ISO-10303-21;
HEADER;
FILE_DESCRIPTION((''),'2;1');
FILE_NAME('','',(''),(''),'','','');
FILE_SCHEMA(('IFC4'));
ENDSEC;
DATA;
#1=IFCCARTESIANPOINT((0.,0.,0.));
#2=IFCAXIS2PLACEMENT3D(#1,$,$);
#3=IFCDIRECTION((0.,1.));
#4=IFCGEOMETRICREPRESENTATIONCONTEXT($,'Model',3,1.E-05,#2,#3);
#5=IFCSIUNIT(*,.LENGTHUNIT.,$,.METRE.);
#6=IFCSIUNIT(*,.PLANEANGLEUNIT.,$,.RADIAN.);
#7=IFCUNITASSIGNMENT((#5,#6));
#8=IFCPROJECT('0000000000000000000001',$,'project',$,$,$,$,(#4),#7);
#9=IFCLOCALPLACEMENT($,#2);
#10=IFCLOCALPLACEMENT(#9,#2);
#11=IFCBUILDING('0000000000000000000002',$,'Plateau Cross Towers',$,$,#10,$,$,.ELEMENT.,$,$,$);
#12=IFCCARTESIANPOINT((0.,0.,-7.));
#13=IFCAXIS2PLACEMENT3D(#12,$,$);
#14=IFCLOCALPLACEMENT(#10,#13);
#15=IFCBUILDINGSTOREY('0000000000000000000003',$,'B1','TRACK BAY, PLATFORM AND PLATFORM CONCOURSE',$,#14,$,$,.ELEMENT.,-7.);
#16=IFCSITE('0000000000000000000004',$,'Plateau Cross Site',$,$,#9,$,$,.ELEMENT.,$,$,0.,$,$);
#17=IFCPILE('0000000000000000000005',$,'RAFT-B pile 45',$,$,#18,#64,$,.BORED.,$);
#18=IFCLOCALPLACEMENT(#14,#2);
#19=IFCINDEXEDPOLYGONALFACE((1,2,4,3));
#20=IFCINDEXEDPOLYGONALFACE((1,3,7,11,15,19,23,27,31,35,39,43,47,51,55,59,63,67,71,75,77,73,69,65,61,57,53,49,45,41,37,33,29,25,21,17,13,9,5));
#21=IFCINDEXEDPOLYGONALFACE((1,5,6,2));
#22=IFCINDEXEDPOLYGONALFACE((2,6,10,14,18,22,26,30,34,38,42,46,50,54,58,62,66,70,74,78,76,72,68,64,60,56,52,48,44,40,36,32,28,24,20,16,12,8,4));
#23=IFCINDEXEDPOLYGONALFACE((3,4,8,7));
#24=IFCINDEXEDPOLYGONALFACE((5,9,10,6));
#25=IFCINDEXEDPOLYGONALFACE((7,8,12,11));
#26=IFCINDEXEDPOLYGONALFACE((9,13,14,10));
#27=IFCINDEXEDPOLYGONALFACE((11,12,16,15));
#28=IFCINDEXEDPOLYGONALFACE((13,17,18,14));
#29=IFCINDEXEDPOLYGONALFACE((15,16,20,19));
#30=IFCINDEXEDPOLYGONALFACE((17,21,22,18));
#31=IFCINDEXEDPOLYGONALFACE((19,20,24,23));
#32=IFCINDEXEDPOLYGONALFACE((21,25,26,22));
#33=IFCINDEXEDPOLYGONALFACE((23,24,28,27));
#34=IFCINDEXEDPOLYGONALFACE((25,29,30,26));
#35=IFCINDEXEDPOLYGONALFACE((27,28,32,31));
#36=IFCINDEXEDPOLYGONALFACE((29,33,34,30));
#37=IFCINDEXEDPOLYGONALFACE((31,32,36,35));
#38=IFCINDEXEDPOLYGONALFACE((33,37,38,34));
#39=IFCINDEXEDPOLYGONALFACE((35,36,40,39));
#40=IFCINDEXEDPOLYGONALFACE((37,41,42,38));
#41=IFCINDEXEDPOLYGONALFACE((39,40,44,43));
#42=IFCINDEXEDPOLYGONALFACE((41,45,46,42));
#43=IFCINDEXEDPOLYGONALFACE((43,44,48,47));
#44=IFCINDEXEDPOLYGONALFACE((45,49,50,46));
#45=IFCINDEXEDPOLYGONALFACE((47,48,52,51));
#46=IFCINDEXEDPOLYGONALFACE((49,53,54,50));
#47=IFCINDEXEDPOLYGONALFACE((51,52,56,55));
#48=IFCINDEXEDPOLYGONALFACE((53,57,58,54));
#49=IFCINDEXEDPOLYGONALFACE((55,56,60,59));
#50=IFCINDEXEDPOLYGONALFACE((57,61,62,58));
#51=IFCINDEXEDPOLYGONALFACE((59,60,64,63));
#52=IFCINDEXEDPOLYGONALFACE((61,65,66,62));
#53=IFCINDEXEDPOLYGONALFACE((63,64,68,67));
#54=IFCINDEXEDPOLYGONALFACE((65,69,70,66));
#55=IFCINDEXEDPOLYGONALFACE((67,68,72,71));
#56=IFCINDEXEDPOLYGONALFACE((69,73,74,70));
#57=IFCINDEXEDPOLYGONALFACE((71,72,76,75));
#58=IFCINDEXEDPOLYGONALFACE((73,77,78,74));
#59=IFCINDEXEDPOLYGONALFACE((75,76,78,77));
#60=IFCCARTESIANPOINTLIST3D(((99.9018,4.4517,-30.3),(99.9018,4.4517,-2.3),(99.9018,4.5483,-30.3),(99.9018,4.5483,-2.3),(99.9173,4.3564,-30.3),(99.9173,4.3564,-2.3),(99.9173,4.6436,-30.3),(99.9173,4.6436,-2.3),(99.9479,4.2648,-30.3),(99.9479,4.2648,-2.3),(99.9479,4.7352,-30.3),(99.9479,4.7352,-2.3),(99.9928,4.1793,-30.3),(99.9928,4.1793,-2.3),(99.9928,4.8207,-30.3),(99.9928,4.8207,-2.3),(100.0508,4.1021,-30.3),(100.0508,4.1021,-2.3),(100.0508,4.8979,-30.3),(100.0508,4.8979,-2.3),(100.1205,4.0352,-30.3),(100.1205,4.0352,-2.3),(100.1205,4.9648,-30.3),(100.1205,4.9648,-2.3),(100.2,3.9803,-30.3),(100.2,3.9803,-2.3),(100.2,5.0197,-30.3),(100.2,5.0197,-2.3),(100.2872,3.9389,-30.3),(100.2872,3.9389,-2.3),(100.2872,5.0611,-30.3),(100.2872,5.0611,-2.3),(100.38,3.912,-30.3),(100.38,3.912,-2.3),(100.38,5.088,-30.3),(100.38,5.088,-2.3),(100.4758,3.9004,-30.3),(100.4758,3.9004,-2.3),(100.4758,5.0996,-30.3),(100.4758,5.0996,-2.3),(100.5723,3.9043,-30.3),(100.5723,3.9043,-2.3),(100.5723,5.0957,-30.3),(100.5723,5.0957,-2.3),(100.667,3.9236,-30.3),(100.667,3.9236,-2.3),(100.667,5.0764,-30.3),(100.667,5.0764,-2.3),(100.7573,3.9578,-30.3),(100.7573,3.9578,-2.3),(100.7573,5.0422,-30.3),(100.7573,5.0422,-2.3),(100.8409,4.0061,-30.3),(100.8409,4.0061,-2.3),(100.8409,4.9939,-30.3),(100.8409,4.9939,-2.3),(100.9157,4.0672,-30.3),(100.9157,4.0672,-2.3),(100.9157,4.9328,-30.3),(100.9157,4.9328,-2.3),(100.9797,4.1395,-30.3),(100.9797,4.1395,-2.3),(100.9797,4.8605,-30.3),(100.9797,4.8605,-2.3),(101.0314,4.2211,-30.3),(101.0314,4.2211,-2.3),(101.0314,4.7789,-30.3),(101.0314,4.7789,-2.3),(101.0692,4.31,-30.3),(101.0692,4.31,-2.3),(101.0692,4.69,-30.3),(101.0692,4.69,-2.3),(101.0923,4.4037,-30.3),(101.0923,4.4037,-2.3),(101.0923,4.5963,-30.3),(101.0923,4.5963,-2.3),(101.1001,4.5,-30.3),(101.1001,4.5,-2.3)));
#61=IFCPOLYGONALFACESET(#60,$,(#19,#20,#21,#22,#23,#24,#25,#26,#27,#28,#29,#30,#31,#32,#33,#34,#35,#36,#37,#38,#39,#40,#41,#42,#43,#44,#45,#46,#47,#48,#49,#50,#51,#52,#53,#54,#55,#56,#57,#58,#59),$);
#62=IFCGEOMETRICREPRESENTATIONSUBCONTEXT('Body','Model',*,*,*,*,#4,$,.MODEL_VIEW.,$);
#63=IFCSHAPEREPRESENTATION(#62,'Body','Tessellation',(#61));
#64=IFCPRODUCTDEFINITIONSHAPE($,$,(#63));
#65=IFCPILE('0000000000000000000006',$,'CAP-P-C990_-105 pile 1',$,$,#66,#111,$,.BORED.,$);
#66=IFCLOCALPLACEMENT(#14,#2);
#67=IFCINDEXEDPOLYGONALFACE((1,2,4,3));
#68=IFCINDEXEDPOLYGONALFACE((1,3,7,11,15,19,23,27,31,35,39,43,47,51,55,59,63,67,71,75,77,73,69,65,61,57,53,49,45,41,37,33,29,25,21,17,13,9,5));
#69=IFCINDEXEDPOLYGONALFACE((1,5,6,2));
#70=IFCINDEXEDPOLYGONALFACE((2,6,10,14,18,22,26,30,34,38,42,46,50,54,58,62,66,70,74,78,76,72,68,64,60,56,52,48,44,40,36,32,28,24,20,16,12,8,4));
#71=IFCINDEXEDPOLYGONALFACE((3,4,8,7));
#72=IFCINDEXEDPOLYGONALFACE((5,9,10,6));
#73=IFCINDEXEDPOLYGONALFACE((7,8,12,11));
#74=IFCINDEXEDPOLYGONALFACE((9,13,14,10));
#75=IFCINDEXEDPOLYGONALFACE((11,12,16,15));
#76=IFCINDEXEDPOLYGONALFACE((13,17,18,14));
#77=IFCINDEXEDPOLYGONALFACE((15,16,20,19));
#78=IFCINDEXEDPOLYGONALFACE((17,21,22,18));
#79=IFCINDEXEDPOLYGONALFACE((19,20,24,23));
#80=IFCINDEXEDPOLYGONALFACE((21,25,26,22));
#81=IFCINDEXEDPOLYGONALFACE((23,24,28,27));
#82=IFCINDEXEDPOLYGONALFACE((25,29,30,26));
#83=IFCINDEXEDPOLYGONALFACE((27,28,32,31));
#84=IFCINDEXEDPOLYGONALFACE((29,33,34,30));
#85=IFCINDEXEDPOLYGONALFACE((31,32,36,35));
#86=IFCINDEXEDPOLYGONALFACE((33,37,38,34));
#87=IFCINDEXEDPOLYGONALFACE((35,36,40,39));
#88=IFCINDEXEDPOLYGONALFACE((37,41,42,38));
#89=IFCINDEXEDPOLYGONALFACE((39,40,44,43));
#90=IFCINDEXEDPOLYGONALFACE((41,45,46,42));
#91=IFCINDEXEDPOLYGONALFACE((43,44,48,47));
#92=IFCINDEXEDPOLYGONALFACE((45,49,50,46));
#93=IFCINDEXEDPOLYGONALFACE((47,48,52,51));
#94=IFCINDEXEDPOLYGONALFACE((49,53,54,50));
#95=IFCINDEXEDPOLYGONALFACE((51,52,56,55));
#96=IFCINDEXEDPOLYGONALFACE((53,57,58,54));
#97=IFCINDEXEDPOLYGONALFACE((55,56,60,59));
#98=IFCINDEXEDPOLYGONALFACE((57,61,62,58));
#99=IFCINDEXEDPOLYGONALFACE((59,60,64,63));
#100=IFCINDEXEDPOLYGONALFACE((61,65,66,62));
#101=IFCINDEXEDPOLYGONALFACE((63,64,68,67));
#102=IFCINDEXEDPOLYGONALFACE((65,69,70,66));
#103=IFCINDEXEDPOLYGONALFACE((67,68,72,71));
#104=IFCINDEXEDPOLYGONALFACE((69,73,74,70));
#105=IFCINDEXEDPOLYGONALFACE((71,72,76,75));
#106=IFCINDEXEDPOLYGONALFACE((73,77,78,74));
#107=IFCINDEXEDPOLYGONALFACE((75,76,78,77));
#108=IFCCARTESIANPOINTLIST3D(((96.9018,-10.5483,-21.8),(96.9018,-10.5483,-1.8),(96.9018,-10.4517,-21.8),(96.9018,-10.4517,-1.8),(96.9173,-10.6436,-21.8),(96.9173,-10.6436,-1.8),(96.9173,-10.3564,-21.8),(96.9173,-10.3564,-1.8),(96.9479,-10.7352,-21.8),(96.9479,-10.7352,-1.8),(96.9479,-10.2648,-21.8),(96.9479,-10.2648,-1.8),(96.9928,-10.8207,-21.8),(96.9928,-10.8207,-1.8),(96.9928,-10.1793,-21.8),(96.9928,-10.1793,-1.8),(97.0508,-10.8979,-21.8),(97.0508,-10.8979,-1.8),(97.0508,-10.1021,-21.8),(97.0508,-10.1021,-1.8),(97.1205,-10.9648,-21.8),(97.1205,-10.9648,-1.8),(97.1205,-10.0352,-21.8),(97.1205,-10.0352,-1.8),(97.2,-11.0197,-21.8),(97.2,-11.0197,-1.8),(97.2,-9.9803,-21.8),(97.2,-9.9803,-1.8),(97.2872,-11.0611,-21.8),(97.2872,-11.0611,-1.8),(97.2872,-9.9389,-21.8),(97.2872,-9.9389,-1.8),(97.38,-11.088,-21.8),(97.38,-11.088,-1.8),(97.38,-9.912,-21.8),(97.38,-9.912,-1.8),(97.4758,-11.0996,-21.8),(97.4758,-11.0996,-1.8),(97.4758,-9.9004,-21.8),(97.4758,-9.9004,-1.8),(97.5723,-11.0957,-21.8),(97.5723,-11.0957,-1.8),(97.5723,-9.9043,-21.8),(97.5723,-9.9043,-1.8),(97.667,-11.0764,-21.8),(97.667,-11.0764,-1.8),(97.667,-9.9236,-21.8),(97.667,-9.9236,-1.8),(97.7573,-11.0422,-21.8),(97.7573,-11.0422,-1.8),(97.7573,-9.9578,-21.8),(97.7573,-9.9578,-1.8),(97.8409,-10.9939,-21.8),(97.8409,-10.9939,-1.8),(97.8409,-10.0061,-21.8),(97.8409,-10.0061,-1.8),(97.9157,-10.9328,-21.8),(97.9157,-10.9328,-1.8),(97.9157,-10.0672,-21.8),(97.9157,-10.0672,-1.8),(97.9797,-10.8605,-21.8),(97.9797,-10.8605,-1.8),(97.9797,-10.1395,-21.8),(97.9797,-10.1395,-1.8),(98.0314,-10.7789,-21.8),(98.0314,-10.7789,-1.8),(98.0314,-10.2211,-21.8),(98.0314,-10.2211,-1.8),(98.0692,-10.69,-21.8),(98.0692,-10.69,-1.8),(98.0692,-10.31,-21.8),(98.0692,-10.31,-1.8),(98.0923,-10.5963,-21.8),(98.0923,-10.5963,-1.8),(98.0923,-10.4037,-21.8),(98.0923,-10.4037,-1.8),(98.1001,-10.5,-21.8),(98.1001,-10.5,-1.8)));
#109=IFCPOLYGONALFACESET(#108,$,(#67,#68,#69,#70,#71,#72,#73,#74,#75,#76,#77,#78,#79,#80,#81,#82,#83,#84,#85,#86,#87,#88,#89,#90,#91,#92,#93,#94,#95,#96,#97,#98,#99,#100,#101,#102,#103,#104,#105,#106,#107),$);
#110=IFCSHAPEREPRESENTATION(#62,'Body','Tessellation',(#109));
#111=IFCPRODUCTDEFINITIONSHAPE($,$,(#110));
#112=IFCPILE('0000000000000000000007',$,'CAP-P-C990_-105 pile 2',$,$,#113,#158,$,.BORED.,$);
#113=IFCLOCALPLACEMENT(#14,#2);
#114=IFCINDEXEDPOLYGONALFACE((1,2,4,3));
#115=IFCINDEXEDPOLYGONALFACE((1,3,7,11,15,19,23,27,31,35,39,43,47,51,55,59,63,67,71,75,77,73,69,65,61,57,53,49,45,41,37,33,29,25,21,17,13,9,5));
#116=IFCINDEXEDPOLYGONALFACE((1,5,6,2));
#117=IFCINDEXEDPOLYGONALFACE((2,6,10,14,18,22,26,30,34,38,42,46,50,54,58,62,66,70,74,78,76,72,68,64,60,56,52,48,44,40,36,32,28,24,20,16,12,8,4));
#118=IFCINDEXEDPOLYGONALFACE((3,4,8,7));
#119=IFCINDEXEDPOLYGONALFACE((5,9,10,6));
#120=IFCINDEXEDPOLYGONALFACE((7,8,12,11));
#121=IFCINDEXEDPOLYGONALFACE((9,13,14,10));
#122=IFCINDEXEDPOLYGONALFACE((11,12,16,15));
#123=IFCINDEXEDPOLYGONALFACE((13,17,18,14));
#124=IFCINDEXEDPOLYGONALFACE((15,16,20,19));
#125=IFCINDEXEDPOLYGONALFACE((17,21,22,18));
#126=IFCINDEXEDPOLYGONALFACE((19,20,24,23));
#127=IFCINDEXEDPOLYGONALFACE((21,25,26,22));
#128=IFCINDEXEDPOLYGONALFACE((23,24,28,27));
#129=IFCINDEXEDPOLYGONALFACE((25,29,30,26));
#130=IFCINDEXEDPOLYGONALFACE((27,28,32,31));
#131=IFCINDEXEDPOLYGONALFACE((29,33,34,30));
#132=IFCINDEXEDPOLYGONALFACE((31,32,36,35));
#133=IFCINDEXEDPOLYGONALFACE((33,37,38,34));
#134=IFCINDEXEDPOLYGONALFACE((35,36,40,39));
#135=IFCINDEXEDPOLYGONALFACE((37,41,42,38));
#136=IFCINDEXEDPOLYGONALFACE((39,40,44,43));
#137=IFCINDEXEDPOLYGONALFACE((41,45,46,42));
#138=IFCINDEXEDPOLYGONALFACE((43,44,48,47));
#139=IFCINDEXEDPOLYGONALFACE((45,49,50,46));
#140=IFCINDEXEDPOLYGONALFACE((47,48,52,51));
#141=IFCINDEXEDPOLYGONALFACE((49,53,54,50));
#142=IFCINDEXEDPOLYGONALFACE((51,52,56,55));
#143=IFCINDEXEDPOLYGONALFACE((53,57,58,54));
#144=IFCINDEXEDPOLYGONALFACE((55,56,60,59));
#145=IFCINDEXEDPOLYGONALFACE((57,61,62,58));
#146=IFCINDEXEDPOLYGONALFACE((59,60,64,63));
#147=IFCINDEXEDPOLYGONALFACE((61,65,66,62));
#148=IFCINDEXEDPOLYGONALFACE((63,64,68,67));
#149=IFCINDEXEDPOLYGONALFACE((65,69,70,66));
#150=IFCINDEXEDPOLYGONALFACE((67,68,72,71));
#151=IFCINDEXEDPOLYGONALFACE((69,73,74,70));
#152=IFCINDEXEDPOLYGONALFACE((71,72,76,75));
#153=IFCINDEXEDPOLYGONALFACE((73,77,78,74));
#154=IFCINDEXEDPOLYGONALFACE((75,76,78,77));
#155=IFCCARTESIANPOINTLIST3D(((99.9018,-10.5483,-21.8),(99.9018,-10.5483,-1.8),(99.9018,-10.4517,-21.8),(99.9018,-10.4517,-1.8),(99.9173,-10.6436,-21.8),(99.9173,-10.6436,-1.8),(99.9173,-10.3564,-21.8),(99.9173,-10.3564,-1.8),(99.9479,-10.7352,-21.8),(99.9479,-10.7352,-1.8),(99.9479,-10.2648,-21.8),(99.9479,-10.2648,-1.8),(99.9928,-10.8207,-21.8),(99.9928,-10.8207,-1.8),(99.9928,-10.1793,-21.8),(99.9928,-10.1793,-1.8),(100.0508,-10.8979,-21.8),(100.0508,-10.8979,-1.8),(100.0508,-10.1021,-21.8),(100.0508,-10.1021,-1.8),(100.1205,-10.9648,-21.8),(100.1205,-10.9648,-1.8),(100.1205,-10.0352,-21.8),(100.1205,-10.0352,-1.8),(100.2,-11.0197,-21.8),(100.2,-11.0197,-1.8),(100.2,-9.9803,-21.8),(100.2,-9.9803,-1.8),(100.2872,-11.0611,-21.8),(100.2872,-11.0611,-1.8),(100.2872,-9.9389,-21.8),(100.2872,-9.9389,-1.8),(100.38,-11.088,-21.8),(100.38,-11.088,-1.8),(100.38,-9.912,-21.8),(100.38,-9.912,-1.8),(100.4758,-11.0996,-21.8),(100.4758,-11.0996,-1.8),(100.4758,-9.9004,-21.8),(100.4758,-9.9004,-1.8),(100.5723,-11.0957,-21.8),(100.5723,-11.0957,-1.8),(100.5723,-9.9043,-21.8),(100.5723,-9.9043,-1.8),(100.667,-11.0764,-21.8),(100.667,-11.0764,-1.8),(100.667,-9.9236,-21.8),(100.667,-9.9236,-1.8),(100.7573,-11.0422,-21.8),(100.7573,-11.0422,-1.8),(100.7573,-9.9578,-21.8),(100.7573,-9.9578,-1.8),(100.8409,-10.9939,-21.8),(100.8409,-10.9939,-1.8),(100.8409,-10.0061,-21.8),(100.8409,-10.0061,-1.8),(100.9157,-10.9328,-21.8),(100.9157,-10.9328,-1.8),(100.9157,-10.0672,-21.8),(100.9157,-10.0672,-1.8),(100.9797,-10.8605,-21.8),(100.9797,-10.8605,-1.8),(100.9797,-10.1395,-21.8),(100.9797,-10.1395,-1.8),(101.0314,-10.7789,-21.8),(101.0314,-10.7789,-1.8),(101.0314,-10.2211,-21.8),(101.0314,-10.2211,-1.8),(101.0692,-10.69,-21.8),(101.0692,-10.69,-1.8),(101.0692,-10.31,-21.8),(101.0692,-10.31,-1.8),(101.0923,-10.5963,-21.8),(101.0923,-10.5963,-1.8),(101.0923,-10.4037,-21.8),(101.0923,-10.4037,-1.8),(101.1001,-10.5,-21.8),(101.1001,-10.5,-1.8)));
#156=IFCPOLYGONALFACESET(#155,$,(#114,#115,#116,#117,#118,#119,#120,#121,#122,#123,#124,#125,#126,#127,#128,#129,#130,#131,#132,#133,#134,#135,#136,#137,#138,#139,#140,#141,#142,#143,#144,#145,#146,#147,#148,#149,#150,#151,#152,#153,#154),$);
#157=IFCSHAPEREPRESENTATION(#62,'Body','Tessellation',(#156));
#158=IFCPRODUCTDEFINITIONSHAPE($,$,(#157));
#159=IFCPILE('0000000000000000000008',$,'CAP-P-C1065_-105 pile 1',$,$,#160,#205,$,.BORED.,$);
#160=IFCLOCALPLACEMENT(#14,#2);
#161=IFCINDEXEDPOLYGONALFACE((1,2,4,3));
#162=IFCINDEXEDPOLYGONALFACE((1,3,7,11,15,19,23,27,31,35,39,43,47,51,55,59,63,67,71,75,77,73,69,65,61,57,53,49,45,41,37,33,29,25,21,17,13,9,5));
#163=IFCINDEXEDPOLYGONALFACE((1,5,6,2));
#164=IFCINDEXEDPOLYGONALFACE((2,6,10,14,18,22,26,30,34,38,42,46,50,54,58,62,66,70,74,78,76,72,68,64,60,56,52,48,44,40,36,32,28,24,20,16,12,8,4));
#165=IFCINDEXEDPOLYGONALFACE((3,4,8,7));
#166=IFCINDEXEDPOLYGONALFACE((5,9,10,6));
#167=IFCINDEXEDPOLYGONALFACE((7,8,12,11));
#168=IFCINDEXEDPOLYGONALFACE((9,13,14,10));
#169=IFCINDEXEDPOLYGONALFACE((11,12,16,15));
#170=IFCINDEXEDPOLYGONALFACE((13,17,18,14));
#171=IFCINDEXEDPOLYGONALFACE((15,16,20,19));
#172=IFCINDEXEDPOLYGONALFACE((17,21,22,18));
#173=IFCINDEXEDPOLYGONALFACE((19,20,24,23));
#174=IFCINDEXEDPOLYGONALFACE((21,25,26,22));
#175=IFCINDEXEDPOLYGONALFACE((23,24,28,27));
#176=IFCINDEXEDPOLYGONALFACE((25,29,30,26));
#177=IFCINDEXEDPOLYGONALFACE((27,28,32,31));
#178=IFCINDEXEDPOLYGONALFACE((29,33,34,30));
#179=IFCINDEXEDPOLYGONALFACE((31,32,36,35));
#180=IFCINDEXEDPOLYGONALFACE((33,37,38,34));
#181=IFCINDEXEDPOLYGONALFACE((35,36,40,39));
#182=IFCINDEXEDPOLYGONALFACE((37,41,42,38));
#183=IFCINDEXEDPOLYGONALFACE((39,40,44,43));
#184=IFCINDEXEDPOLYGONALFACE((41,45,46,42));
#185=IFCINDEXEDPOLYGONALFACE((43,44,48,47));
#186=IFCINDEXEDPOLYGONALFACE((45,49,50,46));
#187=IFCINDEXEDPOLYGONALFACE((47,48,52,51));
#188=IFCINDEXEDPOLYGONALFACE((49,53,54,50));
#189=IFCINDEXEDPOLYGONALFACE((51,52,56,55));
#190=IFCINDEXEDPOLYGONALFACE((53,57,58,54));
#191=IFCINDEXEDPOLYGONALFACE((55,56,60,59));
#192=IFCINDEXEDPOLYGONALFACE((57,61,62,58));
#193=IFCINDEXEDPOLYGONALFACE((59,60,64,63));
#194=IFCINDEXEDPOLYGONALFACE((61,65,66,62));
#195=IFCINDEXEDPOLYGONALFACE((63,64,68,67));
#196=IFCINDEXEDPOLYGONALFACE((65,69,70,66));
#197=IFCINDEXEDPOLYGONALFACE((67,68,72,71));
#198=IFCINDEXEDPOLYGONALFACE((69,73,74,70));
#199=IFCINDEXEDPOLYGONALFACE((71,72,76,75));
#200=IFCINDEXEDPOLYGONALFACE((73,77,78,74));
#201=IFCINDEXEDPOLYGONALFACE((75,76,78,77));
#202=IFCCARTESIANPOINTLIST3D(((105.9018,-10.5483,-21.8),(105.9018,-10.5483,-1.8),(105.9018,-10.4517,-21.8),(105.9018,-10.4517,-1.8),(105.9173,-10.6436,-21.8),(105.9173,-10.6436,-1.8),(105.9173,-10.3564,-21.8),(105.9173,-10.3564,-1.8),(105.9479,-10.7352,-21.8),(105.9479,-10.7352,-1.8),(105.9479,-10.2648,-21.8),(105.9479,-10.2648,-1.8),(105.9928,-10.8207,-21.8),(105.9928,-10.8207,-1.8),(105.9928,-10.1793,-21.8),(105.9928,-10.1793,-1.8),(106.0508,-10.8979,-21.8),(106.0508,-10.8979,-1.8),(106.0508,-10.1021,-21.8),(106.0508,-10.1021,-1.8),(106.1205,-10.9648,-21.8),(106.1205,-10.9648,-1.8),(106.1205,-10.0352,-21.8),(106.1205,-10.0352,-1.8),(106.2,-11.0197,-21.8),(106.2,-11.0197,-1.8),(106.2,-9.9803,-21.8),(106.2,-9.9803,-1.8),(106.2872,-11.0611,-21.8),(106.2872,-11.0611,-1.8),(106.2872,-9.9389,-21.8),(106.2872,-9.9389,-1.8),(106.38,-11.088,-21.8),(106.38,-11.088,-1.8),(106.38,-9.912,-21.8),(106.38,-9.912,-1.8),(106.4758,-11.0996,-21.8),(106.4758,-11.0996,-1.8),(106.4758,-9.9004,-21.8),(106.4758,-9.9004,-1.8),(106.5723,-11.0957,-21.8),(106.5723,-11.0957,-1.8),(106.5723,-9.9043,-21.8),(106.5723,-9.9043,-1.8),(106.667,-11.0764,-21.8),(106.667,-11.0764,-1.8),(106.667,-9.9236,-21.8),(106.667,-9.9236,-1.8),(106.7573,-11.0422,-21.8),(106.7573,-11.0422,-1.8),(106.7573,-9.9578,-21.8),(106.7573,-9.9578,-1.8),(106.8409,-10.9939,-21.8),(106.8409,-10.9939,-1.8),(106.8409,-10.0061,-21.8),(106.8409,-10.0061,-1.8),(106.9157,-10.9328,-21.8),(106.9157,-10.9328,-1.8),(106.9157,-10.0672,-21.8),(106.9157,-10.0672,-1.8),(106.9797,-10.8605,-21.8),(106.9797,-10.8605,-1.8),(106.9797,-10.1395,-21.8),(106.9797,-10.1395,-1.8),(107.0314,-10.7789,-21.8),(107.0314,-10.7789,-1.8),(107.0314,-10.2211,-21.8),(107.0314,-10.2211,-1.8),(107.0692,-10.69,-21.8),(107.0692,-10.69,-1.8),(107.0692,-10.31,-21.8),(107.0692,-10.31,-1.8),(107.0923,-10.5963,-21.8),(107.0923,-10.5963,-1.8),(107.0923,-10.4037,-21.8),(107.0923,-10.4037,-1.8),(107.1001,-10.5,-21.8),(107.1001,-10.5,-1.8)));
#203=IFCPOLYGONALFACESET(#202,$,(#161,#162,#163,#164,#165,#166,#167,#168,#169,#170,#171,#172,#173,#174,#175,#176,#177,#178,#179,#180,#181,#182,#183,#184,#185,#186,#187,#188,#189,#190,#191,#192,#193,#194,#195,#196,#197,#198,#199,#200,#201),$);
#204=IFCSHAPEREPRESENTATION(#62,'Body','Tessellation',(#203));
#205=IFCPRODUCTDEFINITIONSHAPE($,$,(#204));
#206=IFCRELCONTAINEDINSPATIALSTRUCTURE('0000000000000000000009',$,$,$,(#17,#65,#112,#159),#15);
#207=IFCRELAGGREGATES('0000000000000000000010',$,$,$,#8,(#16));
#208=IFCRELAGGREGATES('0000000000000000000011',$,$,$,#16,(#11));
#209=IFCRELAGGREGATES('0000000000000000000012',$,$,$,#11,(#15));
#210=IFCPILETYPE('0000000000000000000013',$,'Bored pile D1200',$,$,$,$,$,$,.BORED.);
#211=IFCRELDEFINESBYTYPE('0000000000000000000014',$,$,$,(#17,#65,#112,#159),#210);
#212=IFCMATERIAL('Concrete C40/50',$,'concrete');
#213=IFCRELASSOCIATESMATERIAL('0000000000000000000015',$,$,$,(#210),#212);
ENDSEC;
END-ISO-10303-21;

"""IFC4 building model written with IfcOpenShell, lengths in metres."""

from ifc_helpers import new_model, si_unit, direction, frame, origin, origin_2d, place, context, subcontext, project, spatial, circle, extrude, material, material_profile, profile_set, type_object, element, save


model = new_model("IFC4")

# Units and contexts
model_context = context("Model", 3, precision=1e-05, world=origin(), true_north=direction((0.0, 1.0)))
body_context = subcontext(model_context, "Body", "Model", "MODEL_VIEW")
ifc_project = project(units=[si_unit("LENGTHUNIT", "METRE"), si_unit("PLANEANGLEUNIT", "RADIAN")], contexts=[model_context])

# Site, building, storey
site_placement = place(None, origin())
site = spatial("IfcSite", under=ifc_project, at=site_placement, Name="Plateau Cross Site", CompositionType="ELEMENT", RefElevation=0.0)
building_placement = place(site_placement, origin())
building = spatial("IfcBuilding", under=site, at=building_placement, Name="Plateau Cross Towers", CompositionType="ELEMENT")
storey_placement = place(building_placement, frame((0.0, 0.0, -7.0)))
storey = spatial("IfcBuildingStorey", under=building, at=storey_placement, Name="B1", Description="TRACK BAY, PLATFORM AND PLATFORM CONCOURSE", CompositionType="ELEMENT", Elevation=-7.0)

# Piles
ifc_material_1 = material(Name="Concrete C40/50", Category="concrete")
ifc_material_profile_1 = material_profile(ifc_material_1, circle(Radius=0.6001, at=origin_2d()), Name="Bored pile D1200")
ifc_profile_set_1 = profile_set([ifc_material_profile_1], Name="Concrete C40/50")
pile_type = type_object("IfcPileType", Name="Bored pile D1200", PredefinedType="BORED", material=ifc_profile_set_1)
for number, where, z_axis, x_axis, name in (
    (1, (100.5, 4.5, -2.3), (0.0, 0.0, -1.0), (1.0, 0.0, 0.0), "RAFT-B pile 45"),
):
    element("IfcPile", number, at=place(storey_placement, frame(where, z_axis=z_axis, x_axis=x_axis)), inside=storey, type_object=pile_type, Name=name, PredefinedType="BORED", context=body_context, shape_type="SweptSolid", body=[
        extrude(circle(Radius=0.6001, at=origin_2d()), origin(), (0.0, 0.0, 1.0), 28.0),
    ])
for number, where, z_axis, x_axis, name in (
    (2, (97.5, -10.5, -1.8), (0.0, 0.0, -1.0), (1.0, 0.0, 0.0), "CAP-P-C990_-105 pile 1"),
    (3, (100.5, -10.5, -1.8), (0.0, 0.0, -1.0), (1.0, 0.0, 0.0), "CAP-P-C990_-105 pile 2"),
    (4, (106.5, -10.5, -1.8), (0.0, 0.0, -1.0), (1.0, 0.0, 0.0), "CAP-P-C1065_-105 pile 1"),
):
    element("IfcPile", number, at=place(storey_placement, frame(where, z_axis=z_axis, x_axis=x_axis)), inside=storey, type_object=pile_type, Name=name, PredefinedType="BORED", context=body_context, shape_type="SweptSolid", body=[
        extrude(circle(Radius=0.6001, at=origin_2d()), origin(), (0.0, 0.0, 1.0), 20.0),
    ])

save(model, "model.ifc")
